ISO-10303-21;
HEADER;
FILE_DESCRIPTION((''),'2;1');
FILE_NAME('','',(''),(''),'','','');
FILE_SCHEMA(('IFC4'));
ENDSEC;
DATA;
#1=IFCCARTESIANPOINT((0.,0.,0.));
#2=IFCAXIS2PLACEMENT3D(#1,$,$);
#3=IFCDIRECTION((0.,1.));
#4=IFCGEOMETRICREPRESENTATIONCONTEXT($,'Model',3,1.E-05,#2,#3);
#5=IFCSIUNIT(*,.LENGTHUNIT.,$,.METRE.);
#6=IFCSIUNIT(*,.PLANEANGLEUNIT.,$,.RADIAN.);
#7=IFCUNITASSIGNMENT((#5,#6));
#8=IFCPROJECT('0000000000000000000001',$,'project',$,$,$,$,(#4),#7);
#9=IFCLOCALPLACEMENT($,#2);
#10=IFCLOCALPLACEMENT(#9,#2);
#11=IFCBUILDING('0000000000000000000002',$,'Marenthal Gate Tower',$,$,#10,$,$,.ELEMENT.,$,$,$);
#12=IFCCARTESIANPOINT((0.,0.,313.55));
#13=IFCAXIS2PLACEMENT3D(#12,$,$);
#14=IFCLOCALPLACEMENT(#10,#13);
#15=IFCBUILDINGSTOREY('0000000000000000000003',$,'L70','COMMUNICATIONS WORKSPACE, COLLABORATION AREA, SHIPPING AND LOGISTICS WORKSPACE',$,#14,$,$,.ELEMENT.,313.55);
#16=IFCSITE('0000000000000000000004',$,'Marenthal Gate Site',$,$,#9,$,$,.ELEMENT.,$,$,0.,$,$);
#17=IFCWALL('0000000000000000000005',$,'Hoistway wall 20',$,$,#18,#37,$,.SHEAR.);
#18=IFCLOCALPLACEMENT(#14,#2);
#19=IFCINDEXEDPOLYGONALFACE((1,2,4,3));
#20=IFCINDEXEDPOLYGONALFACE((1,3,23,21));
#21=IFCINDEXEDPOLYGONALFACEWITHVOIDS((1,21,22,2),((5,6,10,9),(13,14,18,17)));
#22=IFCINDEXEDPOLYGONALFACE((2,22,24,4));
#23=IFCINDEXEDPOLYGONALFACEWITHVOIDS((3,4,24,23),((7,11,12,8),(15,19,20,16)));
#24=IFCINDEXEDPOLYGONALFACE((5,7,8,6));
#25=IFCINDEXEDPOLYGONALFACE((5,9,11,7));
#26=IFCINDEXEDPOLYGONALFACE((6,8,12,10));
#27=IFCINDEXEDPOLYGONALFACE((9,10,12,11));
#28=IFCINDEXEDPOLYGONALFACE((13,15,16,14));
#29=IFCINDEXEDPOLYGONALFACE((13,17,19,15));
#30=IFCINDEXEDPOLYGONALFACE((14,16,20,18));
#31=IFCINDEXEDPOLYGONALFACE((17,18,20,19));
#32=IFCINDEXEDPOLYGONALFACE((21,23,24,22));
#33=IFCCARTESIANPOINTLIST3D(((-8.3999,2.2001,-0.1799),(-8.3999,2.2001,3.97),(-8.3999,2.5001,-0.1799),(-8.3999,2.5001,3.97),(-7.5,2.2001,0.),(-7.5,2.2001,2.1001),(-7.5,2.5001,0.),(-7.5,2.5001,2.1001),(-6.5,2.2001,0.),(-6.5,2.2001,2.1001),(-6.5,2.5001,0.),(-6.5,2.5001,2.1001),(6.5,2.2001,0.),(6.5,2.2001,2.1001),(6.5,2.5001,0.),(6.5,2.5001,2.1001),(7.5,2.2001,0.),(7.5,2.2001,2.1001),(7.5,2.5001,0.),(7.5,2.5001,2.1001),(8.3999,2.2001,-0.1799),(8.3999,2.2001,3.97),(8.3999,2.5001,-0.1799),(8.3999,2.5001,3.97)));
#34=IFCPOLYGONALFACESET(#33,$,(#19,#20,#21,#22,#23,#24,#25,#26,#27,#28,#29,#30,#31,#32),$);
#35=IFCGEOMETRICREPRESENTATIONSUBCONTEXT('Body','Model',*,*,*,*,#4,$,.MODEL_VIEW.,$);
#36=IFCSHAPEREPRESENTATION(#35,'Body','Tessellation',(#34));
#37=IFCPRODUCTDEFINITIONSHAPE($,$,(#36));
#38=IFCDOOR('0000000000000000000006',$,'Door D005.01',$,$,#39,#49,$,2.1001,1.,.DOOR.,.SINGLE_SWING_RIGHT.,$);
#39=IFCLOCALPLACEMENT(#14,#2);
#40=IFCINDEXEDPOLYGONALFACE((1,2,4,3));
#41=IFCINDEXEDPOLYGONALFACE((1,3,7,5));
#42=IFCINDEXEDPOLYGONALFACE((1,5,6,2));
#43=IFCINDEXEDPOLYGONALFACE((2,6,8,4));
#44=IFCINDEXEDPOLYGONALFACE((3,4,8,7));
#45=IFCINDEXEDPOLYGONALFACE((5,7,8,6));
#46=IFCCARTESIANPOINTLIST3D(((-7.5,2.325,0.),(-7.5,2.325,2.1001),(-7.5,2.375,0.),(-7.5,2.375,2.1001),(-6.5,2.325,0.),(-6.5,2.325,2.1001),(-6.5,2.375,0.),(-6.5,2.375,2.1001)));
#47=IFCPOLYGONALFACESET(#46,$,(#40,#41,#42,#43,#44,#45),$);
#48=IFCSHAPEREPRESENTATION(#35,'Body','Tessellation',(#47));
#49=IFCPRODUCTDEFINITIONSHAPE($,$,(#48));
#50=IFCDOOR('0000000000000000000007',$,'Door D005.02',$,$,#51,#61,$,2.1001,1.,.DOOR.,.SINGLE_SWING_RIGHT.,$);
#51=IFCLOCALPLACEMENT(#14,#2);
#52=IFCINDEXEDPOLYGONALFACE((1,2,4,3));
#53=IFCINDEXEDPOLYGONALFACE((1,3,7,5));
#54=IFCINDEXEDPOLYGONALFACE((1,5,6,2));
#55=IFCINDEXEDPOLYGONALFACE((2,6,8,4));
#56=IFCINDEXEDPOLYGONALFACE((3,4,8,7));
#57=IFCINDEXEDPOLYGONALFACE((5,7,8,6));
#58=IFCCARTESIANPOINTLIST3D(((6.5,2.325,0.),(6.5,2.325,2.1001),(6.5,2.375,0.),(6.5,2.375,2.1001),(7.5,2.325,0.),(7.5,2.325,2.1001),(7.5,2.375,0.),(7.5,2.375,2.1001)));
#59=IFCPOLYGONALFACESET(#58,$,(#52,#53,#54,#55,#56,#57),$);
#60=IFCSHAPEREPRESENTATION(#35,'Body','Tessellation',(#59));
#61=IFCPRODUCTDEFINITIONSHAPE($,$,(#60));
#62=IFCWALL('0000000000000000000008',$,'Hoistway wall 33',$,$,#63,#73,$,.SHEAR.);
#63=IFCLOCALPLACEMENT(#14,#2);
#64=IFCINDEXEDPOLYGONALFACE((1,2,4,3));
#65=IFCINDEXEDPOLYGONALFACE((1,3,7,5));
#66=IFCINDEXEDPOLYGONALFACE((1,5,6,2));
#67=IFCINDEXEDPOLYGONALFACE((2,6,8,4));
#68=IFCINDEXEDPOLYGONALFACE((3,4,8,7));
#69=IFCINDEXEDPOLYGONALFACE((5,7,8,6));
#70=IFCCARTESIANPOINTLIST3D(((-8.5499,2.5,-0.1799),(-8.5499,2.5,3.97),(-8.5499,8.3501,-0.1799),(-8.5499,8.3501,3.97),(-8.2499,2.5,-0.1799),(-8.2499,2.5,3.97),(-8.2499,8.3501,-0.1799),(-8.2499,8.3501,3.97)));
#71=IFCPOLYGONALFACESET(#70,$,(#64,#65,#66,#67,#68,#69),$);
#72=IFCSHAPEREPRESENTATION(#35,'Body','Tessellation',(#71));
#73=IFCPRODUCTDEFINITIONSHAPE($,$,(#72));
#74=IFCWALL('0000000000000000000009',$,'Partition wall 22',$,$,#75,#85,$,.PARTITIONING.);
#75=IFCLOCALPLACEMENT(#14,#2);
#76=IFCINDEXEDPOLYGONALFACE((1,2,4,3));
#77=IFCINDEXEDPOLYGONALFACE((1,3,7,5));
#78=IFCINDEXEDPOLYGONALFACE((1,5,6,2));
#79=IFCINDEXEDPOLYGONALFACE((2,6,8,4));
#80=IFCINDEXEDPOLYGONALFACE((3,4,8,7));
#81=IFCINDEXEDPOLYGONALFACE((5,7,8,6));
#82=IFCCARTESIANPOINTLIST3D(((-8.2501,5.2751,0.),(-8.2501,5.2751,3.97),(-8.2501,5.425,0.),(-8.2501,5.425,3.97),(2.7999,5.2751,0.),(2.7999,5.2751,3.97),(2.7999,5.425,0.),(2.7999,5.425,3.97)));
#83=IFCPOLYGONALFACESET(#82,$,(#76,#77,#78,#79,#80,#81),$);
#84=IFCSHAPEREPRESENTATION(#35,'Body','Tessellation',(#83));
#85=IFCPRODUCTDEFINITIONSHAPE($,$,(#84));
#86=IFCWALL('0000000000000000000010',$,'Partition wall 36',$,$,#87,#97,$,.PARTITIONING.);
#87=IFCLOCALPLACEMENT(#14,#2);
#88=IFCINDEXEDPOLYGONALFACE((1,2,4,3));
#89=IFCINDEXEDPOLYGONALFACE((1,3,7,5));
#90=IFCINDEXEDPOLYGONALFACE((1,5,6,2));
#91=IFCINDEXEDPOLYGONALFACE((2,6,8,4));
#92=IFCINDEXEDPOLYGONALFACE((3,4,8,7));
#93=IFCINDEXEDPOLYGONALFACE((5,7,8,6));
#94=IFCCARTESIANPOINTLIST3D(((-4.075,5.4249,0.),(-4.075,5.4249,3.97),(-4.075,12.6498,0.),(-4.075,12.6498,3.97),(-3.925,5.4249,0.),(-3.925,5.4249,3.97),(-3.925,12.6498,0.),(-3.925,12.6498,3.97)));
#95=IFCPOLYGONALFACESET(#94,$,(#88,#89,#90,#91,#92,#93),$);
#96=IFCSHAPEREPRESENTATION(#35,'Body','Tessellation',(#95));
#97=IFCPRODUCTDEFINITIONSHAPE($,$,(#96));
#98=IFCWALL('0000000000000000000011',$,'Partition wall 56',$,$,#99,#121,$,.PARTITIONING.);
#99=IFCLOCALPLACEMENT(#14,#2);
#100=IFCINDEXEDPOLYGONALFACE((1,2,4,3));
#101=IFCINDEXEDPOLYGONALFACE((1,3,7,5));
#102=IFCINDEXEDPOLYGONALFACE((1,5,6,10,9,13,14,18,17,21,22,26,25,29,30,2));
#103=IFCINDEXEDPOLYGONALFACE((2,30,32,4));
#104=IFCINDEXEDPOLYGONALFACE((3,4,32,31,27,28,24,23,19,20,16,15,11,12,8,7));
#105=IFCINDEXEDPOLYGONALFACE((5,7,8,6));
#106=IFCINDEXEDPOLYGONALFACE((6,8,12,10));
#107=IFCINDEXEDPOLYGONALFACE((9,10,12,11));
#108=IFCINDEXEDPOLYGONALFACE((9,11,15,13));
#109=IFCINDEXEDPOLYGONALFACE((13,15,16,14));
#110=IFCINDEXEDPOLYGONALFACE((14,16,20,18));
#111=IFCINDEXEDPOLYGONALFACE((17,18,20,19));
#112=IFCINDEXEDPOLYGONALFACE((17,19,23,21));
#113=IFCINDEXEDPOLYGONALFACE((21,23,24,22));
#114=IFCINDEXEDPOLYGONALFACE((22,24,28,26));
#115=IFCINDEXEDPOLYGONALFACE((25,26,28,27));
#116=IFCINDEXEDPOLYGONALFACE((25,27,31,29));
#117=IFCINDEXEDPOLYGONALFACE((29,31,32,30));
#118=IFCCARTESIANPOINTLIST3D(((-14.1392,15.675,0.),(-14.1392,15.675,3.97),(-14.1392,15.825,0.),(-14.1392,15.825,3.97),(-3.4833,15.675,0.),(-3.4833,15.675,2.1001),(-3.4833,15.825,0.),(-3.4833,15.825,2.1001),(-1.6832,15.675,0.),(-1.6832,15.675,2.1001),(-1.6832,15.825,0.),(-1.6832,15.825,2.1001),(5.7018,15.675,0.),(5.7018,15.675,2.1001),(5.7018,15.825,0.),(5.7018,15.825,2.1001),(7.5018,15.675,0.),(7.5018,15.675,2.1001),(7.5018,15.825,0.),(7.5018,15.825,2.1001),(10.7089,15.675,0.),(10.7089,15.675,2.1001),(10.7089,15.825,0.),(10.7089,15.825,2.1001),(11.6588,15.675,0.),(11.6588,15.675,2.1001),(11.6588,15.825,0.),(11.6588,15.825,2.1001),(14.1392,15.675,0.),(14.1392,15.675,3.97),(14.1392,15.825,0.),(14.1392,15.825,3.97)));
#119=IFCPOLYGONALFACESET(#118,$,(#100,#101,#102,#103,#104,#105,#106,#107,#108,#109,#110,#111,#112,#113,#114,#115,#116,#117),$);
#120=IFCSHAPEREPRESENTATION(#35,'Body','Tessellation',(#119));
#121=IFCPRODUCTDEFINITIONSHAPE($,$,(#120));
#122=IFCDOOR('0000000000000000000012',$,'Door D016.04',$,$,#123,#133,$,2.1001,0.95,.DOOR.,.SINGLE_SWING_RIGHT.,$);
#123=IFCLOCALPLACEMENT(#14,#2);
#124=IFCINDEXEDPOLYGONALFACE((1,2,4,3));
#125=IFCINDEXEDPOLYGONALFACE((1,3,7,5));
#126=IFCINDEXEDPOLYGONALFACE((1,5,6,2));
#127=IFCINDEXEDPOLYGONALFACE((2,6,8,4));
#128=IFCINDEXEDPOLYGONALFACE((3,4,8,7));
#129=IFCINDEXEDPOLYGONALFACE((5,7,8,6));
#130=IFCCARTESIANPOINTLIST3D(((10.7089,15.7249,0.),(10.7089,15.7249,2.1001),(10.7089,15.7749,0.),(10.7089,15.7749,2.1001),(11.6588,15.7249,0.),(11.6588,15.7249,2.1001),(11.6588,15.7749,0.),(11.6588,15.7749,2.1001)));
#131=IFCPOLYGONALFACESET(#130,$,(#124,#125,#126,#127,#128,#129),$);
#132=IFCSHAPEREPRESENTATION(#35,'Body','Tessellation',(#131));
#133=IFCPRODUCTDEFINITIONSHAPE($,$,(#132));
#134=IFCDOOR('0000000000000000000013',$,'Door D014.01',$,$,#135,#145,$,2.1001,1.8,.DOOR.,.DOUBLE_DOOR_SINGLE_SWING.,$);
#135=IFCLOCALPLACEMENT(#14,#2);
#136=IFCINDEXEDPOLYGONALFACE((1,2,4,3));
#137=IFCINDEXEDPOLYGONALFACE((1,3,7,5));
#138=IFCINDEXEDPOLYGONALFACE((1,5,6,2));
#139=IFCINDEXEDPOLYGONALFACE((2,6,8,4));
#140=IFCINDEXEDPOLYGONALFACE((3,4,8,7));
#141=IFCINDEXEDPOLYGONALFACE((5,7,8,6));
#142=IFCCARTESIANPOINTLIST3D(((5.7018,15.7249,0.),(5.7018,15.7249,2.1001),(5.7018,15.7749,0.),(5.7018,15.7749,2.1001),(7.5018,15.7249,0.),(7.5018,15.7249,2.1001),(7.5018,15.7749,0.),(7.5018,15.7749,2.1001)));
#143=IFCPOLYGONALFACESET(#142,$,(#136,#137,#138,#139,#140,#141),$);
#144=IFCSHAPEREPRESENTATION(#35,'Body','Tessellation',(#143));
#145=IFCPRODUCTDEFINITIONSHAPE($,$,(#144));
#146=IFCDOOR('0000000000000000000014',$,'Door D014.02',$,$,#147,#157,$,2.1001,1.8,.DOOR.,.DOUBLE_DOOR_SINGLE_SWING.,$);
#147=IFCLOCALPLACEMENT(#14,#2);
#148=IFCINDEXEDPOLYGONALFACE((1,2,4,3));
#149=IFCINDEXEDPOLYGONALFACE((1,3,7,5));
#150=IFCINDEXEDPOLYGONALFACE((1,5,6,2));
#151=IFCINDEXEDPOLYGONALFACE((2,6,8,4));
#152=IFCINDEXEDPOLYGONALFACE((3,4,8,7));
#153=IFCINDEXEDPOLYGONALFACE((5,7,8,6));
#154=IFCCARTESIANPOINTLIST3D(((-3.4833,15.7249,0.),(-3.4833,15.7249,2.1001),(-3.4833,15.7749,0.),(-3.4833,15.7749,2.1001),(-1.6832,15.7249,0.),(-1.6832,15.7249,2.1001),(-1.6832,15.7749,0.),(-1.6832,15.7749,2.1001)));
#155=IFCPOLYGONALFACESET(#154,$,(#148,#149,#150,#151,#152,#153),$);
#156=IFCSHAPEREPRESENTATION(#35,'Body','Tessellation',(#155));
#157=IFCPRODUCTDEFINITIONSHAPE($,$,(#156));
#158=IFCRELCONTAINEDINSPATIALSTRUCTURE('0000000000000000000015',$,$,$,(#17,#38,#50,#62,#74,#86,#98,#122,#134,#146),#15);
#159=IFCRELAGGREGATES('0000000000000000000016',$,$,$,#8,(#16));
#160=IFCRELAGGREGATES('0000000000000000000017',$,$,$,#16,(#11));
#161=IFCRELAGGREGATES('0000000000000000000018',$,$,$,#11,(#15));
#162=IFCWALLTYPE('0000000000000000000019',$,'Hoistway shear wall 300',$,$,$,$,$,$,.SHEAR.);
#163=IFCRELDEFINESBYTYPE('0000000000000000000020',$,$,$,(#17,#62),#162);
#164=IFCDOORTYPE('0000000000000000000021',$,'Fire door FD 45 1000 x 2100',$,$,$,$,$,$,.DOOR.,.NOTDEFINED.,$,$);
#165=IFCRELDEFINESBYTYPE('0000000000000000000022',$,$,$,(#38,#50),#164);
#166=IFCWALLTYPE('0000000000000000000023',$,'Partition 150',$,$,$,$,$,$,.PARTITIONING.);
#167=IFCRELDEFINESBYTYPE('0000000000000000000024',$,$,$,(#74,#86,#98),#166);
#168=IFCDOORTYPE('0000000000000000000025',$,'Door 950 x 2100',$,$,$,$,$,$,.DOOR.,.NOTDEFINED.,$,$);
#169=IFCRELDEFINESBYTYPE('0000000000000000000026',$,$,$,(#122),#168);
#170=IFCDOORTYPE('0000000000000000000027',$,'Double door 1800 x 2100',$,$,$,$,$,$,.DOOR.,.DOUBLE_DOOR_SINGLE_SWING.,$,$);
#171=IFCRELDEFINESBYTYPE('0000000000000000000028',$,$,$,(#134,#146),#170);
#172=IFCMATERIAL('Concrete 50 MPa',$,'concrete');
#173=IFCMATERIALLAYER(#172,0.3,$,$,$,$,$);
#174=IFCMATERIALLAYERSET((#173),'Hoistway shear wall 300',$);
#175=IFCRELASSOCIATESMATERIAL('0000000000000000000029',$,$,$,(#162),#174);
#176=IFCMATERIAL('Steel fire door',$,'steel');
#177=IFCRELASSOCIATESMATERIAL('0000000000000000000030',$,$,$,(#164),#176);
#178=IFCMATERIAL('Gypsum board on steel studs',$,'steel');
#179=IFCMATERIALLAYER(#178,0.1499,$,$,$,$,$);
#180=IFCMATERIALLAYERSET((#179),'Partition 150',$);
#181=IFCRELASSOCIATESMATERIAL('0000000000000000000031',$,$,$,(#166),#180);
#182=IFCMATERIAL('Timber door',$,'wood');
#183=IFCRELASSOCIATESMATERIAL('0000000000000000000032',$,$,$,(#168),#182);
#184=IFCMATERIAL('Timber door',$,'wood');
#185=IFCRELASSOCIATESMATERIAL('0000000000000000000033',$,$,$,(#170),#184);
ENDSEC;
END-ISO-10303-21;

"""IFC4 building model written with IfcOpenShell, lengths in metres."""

from ifc_helpers import new_model, si_unit, direction, frame, frame_2d, origin, place, context, subcontext, project, spatial, rectangle, extrude, material, layer, layer_set, type_object, element, fill, save


model = new_model("IFC4")

# Units and contexts
model_context = context("Model", 3, precision=1e-05, world=origin(), true_north=direction((0.0, 1.0)))
body_context = subcontext(model_context, "Body", "Model", "MODEL_VIEW")
ifc_project = project(units=[si_unit("LENGTHUNIT", "METRE"), si_unit("PLANEANGLEUNIT", "RADIAN")], contexts=[model_context])

# Site, building, storey
site_placement = place(None, origin())
site = spatial("IfcSite", under=ifc_project, at=site_placement, Name="Marenthal Gate Site", CompositionType="ELEMENT", RefElevation=0.0)
building_placement = place(site_placement, origin())
building = spatial("IfcBuilding", under=site, at=building_placement, Name="Marenthal Gate Tower", CompositionType="ELEMENT")
storey_placement = place(building_placement, frame((0.0, 0.0, 313.55)))
storey = spatial("IfcBuildingStorey", under=building, at=storey_placement, Name="L70", Description="COMMUNICATIONS WORKSPACE, COLLABORATION AREA, SHIPPING AND LOGISTICS WORKSPACE", CompositionType="ELEMENT", Elevation=313.55)

# Wall, openings, doors
ifc_material_1 = material(Name="Concrete 50 MPa", Category="concrete")
ifc_layer_1 = layer(ifc_material_1, 0.3)
ifc_layer_set_1 = layer_set([ifc_layer_1], Name="Hoistway shear wall 300")
wall_type_1 = type_object("IfcWallType", Name="Hoistway shear wall 300", PredefinedType="SHEAR", material=ifc_layer_set_1)
wall_1_placement = place(storey_placement, frame((-8.3999, 2.3501, -0.1799), z_axis=(0.0, 0.0, 1.0), x_axis=(1.0, 0.0, 0.0)))
wall_1 = element("IfcWall", 1, at=wall_1_placement, inside=storey, type_object=wall_type_1, Name="Hoistway wall 20", PredefinedType="SHEAR", context=body_context, shape_type="SweptSolid", body=[
    extrude(rectangle(XDim=16.7998, YDim=0.3, at=frame_2d((8.3999, 0.0))), origin(), (0.0, 0.0, 1.0), 4.1499),
])
opening_1_placement = place(wall_1_placement, frame((0.8999, 0.0, 0.1799)))
opening_1 = element("IfcOpeningElement", 2, at=opening_1_placement, cuts=wall_1, PredefinedType="OPENING", context=body_context, shape_type="SweptSolid", body=[
    extrude(rectangle(XDim=1.0, YDim=2.1001, at=frame_2d((0.5, 1.05))), frame((0.0, 0.1602, 0.0), z_axis=(0.0, -1.0, 0.0), x_axis=(1.0, 0.0, 0.0)), (0.0, 0.0, 1.0), 0.3201),
])
opening_2_placement = place(wall_1_placement, frame((14.8999, 0.0, 0.1799)))
opening_2 = element("IfcOpeningElement", 3, at=opening_2_placement, cuts=wall_1, PredefinedType="OPENING", context=body_context, shape_type="SweptSolid", body=[
    extrude(rectangle(XDim=1.0, YDim=2.1001, at=frame_2d((0.5, 1.05))), frame((0.0, 0.1602, 0.0), z_axis=(0.0, -1.0, 0.0), x_axis=(1.0, 0.0, 0.0)), (0.0, 0.0, 1.0), 0.3201),
])
ifc_material_2 = material(Name="Steel fire door", Category="steel")
door_type_1 = type_object("IfcDoorType", Name="Fire door FD 45 1000 x 2100", OperationType="NOTDEFINED", PredefinedType="DOOR", material=ifc_material_2)
door_1_placement = place(opening_1_placement, origin())
door_1 = element("IfcDoor", 4, at=door_1_placement, inside=storey, type_object=door_type_1, Name="Door D005.01", OperationType="SINGLE_SWING_RIGHT", OverallHeight=2.1001, OverallWidth=1.0, PredefinedType="DOOR", context=body_context, shape_type="SweptSolid", body=[
    extrude(rectangle(XDim=1.0, YDim=2.1001, at=frame_2d((0.5, 1.05))), frame((0.0, 0.0249, 0.0), z_axis=(0.0, -1.0, 0.0), x_axis=(1.0, 0.0, 0.0)), (0.0, 0.0, 1.0), 0.05),
])
fill(opening_1, door_1)
door_2_placement = place(opening_2_placement, origin())
door_2 = element("IfcDoor", 5, at=door_2_placement, inside=storey, type_object=door_type_1, Name="Door D005.02", OperationType="SINGLE_SWING_RIGHT", OverallHeight=2.1001, OverallWidth=1.0, PredefinedType="DOOR", context=body_context, shape_type="SweptSolid", body=[
    extrude(rectangle(XDim=1.0, YDim=2.1001, at=frame_2d((0.5, 1.05))), frame((0.0, 0.0249, 0.0), z_axis=(0.0, -1.0, 0.0), x_axis=(1.0, 0.0, 0.0)), (0.0, 0.0, 1.0), 0.05),
])
fill(opening_2, door_2)

# Walls
wall_2_placement = place(storey_placement, frame((-8.3999, 2.5, -0.1799), z_axis=(0.0, 0.0, 1.0), x_axis=(0.0, 1.0, 0.0)))
element("IfcWall", 6, at=wall_2_placement, inside=storey, type_object=wall_type_1, Name="Hoistway wall 33", PredefinedType="SHEAR", context=body_context, shape_type="SweptSolid", body=[
    extrude(rectangle(XDim=5.8501, YDim=0.3, at=frame_2d((2.925, 0.0))), origin(), (0.0, 0.0, 1.0), 4.1499),
])
ifc_material_3 = material(Name="Gypsum board on steel studs", Category="steel")
ifc_layer_2 = layer(ifc_material_3, 0.1499)
ifc_layer_set_2 = layer_set([ifc_layer_2], Name="Partition 150")
wall_type_2 = type_object("IfcWallType", Name="Partition 150", PredefinedType="PARTITIONING", material=ifc_layer_set_2)
wall_3_placement = place(storey_placement, frame((-8.25, 5.3501, 0.0), z_axis=(0.0, 0.0, 1.0), x_axis=(1.0, 0.0, 0.0)))
element("IfcWall", 7, at=wall_3_placement, inside=storey, type_object=wall_type_2, Name="Partition wall 22", PredefinedType="PARTITIONING", context=body_context, shape_type="SweptSolid", body=[
    extrude(rectangle(XDim=11.05, YDim=0.1499, at=frame_2d((5.5249, 0.0))), origin(), (0.0, 0.0, 1.0), 3.97),
])
wall_4_placement = place(storey_placement, frame((-4.0, 5.425, 0.0), z_axis=(0.0, 0.0, 1.0), x_axis=(0.0, 1.0, 0.0)))
element("IfcWall", 8, at=wall_4_placement, inside=storey, type_object=wall_type_2, Name="Partition wall 36", PredefinedType="PARTITIONING", context=body_context, shape_type="SweptSolid", body=[
    extrude(rectangle(XDim=7.2249, YDim=0.1499, at=frame_2d((3.6123, 0.0))), origin(), (0.0, 0.0, 1.0), 3.97),
])

# Wall, openings, doors
wall_5_placement = place(storey_placement, frame((-14.1392, 15.75, 0.0), z_axis=(0.0, 0.0, 1.0), x_axis=(1.0, 0.0, 0.0)))
wall_5 = element("IfcWall", 9, at=wall_5_placement, inside=storey, type_object=wall_type_2, Name="Partition wall 56", PredefinedType="PARTITIONING", context=body_context, shape_type="SweptSolid", body=[
    extrude(rectangle(XDim=28.2783, YDim=0.1499, at=frame_2d((14.1392, 0.0))), origin(), (0.0, 0.0, 1.0), 3.97),
])
opening_3_placement = place(wall_5_placement, frame((24.8479, 0.0, 0.0)))
opening_3 = element("IfcOpeningElement", 10, at=opening_3_placement, cuts=wall_5, PredefinedType="OPENING", context=body_context, shape_type="SweptSolid", body=[
    extrude(rectangle(XDim=0.95, YDim=2.1001, at=frame_2d((0.4751, 1.05))), frame((0.0, 0.085, 0.0), z_axis=(0.0, -1.0, 0.0), x_axis=(1.0, 0.0, 0.0)), (0.0, 0.0, 1.0), 0.1699),
])
opening_4_placement = place(wall_5_placement, frame((19.8411, 0.0, 0.0)))
opening_4 = element("IfcOpeningElement", 11, at=opening_4_placement, cuts=wall_5, PredefinedType="OPENING", context=body_context, shape_type="SweptSolid", body=[
    extrude(rectangle(XDim=1.8, YDim=2.1001, at=frame_2d((0.8999, 1.05))), frame((0.0, 0.085, 0.0), z_axis=(0.0, -1.0, 0.0), x_axis=(1.0, 0.0, 0.0)), (0.0, 0.0, 1.0), 0.1699),
])
opening_5_placement = place(wall_5_placement, frame((10.656, 0.0, 0.0)))
opening_5 = element("IfcOpeningElement", 12, at=opening_5_placement, cuts=wall_5, PredefinedType="OPENING", context=body_context, shape_type="SweptSolid", body=[
    extrude(rectangle(XDim=1.8, YDim=2.1001, at=frame_2d((0.8999, 1.05))), frame((0.0, 0.085, 0.0), z_axis=(0.0, -1.0, 0.0), x_axis=(1.0, 0.0, 0.0)), (0.0, 0.0, 1.0), 0.1699),
])
ifc_material_4 = material(Name="Timber door", Category="wood")
door_type_2 = type_object("IfcDoorType", Name="Door 950 x 2100", OperationType="NOTDEFINED", PredefinedType="DOOR", material=ifc_material_4)
door_3_placement = place(opening_3_placement, origin())
door_3 = element("IfcDoor", 13, at=door_3_placement, inside=storey, type_object=door_type_2, Name="Door D016.04", OperationType="SINGLE_SWING_RIGHT", OverallHeight=2.1001, OverallWidth=0.95, PredefinedType="DOOR", context=body_context, shape_type="SweptSolid", body=[
    extrude(rectangle(XDim=0.95, YDim=2.1001, at=frame_2d((0.4751, 1.05))), frame((0.0, 0.0249, 0.0), z_axis=(0.0, -1.0, 0.0), x_axis=(1.0, 0.0, 0.0)), (0.0, 0.0, 1.0), 0.05),
])
fill(opening_3, door_3)
ifc_material_5 = material(Name="Timber door", Category="wood")
door_type_3 = type_object("IfcDoorType", Name="Double door 1800 x 2100", OperationType="DOUBLE_DOOR_SINGLE_SWING", PredefinedType="DOOR", material=ifc_material_5)
door_4_placement = place(opening_4_placement, origin())
door_4 = element("IfcDoor", 14, at=door_4_placement, inside=storey, type_object=door_type_3, Name="Door D014.01", OperationType="DOUBLE_DOOR_SINGLE_SWING", OverallHeight=2.1001, OverallWidth=1.8, PredefinedType="DOOR", context=body_context, shape_type="SweptSolid", body=[
    extrude(rectangle(XDim=1.8, YDim=2.1001, at=frame_2d((0.8999, 1.05))), frame((0.0, 0.0249, 0.0), z_axis=(0.0, -1.0, 0.0), x_axis=(1.0, 0.0, 0.0)), (0.0, 0.0, 1.0), 0.05),
])
fill(opening_4, door_4)
door_5_placement = place(opening_5_placement, origin())
door_5 = element("IfcDoor", 15, at=door_5_placement, inside=storey, type_object=door_type_3, Name="Door D014.02", OperationType="DOUBLE_DOOR_SINGLE_SWING", OverallHeight=2.1001, OverallWidth=1.8, PredefinedType="DOOR", context=body_context, shape_type="SweptSolid", body=[
    extrude(rectangle(XDim=1.8, YDim=2.1001, at=frame_2d((0.8999, 1.05))), frame((0.0, 0.0249, 0.0), z_axis=(0.0, -1.0, 0.0), x_axis=(1.0, 0.0, 0.0)), (0.0, 0.0, 1.0), 0.05),
])
fill(opening_5, door_5)

save(model, "model.ifc")
